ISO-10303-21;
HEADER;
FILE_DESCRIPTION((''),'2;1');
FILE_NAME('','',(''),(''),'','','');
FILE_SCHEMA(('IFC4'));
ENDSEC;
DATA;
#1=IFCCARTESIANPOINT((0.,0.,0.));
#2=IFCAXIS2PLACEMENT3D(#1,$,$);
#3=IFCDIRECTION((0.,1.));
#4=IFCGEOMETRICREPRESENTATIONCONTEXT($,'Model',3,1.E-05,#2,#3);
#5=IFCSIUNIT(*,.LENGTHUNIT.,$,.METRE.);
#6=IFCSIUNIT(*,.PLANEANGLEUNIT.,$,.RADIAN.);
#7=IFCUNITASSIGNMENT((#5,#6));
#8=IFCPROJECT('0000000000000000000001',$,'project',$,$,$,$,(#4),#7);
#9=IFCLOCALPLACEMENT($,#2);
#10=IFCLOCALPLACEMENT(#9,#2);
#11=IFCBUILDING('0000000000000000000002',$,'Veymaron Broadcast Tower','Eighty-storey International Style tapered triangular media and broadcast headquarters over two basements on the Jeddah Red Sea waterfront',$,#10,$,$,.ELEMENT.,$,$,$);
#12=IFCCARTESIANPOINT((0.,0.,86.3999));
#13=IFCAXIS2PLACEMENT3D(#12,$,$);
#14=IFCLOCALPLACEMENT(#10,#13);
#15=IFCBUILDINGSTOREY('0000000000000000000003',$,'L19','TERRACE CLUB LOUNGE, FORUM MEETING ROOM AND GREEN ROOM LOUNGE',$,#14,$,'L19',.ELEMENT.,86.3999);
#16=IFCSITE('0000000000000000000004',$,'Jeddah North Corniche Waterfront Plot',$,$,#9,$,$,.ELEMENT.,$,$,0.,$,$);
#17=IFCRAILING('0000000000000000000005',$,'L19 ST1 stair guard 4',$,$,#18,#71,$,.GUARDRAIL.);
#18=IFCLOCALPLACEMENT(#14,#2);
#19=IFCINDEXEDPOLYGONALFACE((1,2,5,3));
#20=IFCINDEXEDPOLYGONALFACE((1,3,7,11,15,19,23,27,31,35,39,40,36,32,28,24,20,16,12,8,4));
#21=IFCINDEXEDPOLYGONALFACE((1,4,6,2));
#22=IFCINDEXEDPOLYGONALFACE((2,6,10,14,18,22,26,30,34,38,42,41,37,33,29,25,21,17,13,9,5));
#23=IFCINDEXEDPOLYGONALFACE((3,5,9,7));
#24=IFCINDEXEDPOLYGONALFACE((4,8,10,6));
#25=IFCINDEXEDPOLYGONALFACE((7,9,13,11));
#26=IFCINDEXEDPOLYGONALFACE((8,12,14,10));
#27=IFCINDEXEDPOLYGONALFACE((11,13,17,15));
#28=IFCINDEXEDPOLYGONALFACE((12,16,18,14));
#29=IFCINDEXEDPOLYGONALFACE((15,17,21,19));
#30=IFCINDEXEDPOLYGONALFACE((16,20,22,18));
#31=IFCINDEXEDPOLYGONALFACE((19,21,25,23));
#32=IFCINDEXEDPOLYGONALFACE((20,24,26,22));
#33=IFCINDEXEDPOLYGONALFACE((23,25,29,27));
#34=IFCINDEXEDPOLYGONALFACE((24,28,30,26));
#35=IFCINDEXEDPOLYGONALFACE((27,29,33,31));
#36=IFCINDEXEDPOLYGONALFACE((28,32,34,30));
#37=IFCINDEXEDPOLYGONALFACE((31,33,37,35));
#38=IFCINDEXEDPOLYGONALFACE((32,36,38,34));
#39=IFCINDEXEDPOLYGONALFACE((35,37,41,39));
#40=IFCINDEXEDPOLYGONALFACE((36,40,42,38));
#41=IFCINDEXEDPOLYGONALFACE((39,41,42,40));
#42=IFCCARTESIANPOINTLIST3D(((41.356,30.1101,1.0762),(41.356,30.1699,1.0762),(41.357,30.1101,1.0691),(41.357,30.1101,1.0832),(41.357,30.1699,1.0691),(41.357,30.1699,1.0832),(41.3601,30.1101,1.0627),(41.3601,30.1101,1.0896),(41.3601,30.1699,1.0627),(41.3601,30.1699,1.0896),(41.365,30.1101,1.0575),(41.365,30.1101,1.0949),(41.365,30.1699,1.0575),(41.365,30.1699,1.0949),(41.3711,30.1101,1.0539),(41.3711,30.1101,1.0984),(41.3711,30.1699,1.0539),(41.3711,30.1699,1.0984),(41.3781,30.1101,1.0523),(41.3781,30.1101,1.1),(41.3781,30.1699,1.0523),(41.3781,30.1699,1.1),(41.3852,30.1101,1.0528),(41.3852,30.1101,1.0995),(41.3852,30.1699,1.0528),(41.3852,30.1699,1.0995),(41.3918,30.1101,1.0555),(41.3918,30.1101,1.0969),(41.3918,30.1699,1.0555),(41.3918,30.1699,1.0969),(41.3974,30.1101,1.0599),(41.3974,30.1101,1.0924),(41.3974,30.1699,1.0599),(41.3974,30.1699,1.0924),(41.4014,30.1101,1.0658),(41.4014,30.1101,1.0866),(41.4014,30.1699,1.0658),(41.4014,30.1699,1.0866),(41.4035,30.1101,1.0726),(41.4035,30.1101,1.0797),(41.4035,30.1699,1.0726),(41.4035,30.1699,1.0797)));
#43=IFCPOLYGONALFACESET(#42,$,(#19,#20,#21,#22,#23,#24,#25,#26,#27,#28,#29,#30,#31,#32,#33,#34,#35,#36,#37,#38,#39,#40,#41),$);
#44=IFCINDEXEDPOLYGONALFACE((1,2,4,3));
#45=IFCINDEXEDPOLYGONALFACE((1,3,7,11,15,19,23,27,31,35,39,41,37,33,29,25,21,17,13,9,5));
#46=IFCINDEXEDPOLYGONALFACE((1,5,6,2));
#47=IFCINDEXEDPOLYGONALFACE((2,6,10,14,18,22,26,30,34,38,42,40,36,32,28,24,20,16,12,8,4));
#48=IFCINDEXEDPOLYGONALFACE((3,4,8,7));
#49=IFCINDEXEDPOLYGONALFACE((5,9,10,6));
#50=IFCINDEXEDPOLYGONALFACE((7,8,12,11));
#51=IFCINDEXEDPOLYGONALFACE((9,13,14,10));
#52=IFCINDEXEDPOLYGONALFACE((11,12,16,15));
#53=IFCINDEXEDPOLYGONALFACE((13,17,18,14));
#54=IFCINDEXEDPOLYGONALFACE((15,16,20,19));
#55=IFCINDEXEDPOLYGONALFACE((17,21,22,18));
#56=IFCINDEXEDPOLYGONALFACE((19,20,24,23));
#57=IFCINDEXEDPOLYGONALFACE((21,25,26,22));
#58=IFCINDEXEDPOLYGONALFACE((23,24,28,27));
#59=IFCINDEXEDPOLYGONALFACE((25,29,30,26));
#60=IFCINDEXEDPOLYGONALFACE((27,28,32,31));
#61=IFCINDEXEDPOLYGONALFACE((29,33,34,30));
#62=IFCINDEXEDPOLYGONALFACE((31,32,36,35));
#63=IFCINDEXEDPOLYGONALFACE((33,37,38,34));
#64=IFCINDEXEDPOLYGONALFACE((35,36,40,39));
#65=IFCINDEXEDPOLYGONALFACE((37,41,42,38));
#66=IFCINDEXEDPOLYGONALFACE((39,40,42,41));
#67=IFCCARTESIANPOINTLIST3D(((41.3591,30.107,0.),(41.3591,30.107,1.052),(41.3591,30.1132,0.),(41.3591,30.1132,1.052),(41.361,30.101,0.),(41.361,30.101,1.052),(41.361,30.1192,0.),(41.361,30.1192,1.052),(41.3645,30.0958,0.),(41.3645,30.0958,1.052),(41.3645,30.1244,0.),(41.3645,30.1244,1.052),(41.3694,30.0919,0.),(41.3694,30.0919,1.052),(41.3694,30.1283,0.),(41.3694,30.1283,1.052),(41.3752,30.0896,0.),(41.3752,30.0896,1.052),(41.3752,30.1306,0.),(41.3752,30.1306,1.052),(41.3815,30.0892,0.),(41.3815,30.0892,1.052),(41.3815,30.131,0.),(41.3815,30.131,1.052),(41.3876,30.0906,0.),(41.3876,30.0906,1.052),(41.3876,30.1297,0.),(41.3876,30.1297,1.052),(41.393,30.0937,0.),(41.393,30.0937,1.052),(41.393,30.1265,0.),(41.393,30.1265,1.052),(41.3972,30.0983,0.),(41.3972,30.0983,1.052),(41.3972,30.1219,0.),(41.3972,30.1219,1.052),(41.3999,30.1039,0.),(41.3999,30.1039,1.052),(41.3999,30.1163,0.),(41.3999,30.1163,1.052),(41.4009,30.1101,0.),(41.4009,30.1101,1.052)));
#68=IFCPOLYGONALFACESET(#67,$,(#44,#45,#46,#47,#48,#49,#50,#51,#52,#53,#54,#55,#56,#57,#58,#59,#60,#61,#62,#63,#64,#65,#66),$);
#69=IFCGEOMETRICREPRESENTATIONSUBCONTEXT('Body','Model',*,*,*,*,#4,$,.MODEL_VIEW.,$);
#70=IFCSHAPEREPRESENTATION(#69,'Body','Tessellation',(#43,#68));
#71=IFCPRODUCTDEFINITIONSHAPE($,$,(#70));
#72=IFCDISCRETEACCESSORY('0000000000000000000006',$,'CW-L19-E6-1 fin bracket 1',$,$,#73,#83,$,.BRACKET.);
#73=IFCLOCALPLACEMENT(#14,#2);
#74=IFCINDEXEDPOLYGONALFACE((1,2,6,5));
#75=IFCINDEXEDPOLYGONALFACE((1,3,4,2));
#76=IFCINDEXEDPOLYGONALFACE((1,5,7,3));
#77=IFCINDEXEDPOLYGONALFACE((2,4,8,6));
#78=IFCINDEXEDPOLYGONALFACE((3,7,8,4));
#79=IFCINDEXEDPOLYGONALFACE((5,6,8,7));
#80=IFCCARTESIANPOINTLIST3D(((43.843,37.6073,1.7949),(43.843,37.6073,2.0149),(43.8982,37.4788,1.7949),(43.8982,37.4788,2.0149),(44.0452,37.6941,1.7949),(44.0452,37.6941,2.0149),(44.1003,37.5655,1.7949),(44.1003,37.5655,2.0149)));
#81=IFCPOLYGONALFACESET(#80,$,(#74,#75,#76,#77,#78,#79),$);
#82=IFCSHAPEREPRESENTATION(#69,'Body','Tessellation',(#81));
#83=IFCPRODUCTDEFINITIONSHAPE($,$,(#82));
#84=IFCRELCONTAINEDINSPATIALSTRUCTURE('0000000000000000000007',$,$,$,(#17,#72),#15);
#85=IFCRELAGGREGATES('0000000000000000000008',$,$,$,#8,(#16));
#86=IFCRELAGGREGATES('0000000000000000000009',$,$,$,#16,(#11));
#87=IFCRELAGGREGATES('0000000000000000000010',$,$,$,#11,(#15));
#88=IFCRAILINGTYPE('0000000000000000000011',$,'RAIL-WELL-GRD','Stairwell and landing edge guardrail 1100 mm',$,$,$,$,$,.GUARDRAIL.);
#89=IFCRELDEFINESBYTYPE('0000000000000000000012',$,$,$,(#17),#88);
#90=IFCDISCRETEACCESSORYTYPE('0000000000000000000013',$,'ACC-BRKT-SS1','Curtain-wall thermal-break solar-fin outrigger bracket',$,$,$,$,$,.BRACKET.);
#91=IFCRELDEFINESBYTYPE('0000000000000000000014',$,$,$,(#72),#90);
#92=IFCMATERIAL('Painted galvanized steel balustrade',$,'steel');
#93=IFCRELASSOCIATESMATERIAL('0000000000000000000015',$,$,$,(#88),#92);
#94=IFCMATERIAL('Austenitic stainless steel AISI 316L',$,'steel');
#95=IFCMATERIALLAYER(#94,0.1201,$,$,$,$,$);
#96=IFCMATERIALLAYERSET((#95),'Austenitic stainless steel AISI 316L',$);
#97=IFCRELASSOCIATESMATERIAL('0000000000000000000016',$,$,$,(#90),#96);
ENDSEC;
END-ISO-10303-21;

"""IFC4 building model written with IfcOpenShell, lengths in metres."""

from ifc_helpers import new_model, si_unit, direction, frame, origin, origin_2d, place, context, subcontext, project, spatial, rectangle, circle, extrude, material, layer, layer_set, type_object, element, save


model = new_model("IFC4")

# Units and contexts
model_context = context("Model", 3, precision=1e-05, world=origin(), true_north=direction((0.0, 1.0)))
body_context = subcontext(model_context, "Body", "Model", "MODEL_VIEW")
ifc_project = project(units=[si_unit("LENGTHUNIT", "METRE"), si_unit("PLANEANGLEUNIT", "RADIAN")], contexts=[model_context])

# Site, building, storey
site_placement = place(None, origin())
site = spatial("IfcSite", under=ifc_project, at=site_placement, Name="Jeddah North Corniche Waterfront Plot", CompositionType="ELEMENT", RefElevation=0.0)
building_placement = place(site_placement, origin())
building = spatial("IfcBuilding", under=site, at=building_placement, Name="Veymaron Broadcast Tower", Description="Eighty-storey International Style tapered triangular media and broadcast headquarters over two basements on the Jeddah Red Sea waterfront", CompositionType="ELEMENT")
storey_placement = place(building_placement, frame((0.0, 0.0, 86.3999)))
storey = spatial("IfcBuildingStorey", under=building, at=storey_placement, Name="L19", Description="TERRACE CLUB LOUNGE, FORUM MEETING ROOM AND GREEN ROOM LOUNGE", LongName="L19", CompositionType="ELEMENT", Elevation=86.3999)

# Railing
ifc_material_1 = material(Name="Painted galvanized steel balustrade", Category="steel")
railing_type_1 = type_object("IfcRailingType", Name="RAIL-WELL-GRD", Description="Stairwell and landing edge guardrail 1100 mm", PredefinedType="GUARDRAIL", material=ifc_material_1)
railing_1_placement = place(storey_placement, frame((41.3799, 30.1101, 0.0)))
element("IfcRailing", 1, at=railing_1_placement, inside=storey, type_object=railing_type_1, Name="L19 ST1 stair guard 4", PredefinedType="GUARDRAIL", context=body_context, shape_type="SweptSolid", body=[
    extrude(circle(Radius=0.0239, at=origin_2d()), frame((0.0, 0.0, 1.0762), z_axis=(0.0, 1.0, 0.0), x_axis=(-1.0, 0.0, 0.0)), (0.0, 0.0, 1.0), 0.0598),
    extrude(circle(Radius=0.021, at=origin_2d()), origin(), (0.0, 0.0, 1.0), 1.052),
])

# Discrete accessory
ifc_material_2 = material(Name="Austenitic stainless steel AISI 316L", Category="steel")
ifc_layer_1 = layer(ifc_material_2, 0.1201)
ifc_layer_set_1 = layer_set([ifc_layer_1], Name="Austenitic stainless steel AISI 316L")
discrete_accessory_type = type_object("IfcDiscreteAccessoryType", Name="ACC-BRKT-SS1", Description="Curtain-wall thermal-break solar-fin outrigger bracket", PredefinedType="BRACKET", material=ifc_layer_set_1)
discrete_accessory_placement = place(storey_placement, frame((43.9717, 37.5864, 1.7949), z_axis=(0.0, 0.0, 1.0), x_axis=(0.918936, 0.394407, 0.0)))
element("IfcDiscreteAccessory", 2, at=discrete_accessory_placement, inside=storey, type_object=discrete_accessory_type, Name="CW-L19-E6-1 fin bracket 1", PredefinedType="BRACKET", context=body_context, shape_type="SweptSolid", body=[
    extrude(rectangle(XDim=0.22, YDim=0.1399, at=origin_2d()), origin(), (0.0, 0.0, 1.0), 0.22),
])

save(model, "model.ifc")
